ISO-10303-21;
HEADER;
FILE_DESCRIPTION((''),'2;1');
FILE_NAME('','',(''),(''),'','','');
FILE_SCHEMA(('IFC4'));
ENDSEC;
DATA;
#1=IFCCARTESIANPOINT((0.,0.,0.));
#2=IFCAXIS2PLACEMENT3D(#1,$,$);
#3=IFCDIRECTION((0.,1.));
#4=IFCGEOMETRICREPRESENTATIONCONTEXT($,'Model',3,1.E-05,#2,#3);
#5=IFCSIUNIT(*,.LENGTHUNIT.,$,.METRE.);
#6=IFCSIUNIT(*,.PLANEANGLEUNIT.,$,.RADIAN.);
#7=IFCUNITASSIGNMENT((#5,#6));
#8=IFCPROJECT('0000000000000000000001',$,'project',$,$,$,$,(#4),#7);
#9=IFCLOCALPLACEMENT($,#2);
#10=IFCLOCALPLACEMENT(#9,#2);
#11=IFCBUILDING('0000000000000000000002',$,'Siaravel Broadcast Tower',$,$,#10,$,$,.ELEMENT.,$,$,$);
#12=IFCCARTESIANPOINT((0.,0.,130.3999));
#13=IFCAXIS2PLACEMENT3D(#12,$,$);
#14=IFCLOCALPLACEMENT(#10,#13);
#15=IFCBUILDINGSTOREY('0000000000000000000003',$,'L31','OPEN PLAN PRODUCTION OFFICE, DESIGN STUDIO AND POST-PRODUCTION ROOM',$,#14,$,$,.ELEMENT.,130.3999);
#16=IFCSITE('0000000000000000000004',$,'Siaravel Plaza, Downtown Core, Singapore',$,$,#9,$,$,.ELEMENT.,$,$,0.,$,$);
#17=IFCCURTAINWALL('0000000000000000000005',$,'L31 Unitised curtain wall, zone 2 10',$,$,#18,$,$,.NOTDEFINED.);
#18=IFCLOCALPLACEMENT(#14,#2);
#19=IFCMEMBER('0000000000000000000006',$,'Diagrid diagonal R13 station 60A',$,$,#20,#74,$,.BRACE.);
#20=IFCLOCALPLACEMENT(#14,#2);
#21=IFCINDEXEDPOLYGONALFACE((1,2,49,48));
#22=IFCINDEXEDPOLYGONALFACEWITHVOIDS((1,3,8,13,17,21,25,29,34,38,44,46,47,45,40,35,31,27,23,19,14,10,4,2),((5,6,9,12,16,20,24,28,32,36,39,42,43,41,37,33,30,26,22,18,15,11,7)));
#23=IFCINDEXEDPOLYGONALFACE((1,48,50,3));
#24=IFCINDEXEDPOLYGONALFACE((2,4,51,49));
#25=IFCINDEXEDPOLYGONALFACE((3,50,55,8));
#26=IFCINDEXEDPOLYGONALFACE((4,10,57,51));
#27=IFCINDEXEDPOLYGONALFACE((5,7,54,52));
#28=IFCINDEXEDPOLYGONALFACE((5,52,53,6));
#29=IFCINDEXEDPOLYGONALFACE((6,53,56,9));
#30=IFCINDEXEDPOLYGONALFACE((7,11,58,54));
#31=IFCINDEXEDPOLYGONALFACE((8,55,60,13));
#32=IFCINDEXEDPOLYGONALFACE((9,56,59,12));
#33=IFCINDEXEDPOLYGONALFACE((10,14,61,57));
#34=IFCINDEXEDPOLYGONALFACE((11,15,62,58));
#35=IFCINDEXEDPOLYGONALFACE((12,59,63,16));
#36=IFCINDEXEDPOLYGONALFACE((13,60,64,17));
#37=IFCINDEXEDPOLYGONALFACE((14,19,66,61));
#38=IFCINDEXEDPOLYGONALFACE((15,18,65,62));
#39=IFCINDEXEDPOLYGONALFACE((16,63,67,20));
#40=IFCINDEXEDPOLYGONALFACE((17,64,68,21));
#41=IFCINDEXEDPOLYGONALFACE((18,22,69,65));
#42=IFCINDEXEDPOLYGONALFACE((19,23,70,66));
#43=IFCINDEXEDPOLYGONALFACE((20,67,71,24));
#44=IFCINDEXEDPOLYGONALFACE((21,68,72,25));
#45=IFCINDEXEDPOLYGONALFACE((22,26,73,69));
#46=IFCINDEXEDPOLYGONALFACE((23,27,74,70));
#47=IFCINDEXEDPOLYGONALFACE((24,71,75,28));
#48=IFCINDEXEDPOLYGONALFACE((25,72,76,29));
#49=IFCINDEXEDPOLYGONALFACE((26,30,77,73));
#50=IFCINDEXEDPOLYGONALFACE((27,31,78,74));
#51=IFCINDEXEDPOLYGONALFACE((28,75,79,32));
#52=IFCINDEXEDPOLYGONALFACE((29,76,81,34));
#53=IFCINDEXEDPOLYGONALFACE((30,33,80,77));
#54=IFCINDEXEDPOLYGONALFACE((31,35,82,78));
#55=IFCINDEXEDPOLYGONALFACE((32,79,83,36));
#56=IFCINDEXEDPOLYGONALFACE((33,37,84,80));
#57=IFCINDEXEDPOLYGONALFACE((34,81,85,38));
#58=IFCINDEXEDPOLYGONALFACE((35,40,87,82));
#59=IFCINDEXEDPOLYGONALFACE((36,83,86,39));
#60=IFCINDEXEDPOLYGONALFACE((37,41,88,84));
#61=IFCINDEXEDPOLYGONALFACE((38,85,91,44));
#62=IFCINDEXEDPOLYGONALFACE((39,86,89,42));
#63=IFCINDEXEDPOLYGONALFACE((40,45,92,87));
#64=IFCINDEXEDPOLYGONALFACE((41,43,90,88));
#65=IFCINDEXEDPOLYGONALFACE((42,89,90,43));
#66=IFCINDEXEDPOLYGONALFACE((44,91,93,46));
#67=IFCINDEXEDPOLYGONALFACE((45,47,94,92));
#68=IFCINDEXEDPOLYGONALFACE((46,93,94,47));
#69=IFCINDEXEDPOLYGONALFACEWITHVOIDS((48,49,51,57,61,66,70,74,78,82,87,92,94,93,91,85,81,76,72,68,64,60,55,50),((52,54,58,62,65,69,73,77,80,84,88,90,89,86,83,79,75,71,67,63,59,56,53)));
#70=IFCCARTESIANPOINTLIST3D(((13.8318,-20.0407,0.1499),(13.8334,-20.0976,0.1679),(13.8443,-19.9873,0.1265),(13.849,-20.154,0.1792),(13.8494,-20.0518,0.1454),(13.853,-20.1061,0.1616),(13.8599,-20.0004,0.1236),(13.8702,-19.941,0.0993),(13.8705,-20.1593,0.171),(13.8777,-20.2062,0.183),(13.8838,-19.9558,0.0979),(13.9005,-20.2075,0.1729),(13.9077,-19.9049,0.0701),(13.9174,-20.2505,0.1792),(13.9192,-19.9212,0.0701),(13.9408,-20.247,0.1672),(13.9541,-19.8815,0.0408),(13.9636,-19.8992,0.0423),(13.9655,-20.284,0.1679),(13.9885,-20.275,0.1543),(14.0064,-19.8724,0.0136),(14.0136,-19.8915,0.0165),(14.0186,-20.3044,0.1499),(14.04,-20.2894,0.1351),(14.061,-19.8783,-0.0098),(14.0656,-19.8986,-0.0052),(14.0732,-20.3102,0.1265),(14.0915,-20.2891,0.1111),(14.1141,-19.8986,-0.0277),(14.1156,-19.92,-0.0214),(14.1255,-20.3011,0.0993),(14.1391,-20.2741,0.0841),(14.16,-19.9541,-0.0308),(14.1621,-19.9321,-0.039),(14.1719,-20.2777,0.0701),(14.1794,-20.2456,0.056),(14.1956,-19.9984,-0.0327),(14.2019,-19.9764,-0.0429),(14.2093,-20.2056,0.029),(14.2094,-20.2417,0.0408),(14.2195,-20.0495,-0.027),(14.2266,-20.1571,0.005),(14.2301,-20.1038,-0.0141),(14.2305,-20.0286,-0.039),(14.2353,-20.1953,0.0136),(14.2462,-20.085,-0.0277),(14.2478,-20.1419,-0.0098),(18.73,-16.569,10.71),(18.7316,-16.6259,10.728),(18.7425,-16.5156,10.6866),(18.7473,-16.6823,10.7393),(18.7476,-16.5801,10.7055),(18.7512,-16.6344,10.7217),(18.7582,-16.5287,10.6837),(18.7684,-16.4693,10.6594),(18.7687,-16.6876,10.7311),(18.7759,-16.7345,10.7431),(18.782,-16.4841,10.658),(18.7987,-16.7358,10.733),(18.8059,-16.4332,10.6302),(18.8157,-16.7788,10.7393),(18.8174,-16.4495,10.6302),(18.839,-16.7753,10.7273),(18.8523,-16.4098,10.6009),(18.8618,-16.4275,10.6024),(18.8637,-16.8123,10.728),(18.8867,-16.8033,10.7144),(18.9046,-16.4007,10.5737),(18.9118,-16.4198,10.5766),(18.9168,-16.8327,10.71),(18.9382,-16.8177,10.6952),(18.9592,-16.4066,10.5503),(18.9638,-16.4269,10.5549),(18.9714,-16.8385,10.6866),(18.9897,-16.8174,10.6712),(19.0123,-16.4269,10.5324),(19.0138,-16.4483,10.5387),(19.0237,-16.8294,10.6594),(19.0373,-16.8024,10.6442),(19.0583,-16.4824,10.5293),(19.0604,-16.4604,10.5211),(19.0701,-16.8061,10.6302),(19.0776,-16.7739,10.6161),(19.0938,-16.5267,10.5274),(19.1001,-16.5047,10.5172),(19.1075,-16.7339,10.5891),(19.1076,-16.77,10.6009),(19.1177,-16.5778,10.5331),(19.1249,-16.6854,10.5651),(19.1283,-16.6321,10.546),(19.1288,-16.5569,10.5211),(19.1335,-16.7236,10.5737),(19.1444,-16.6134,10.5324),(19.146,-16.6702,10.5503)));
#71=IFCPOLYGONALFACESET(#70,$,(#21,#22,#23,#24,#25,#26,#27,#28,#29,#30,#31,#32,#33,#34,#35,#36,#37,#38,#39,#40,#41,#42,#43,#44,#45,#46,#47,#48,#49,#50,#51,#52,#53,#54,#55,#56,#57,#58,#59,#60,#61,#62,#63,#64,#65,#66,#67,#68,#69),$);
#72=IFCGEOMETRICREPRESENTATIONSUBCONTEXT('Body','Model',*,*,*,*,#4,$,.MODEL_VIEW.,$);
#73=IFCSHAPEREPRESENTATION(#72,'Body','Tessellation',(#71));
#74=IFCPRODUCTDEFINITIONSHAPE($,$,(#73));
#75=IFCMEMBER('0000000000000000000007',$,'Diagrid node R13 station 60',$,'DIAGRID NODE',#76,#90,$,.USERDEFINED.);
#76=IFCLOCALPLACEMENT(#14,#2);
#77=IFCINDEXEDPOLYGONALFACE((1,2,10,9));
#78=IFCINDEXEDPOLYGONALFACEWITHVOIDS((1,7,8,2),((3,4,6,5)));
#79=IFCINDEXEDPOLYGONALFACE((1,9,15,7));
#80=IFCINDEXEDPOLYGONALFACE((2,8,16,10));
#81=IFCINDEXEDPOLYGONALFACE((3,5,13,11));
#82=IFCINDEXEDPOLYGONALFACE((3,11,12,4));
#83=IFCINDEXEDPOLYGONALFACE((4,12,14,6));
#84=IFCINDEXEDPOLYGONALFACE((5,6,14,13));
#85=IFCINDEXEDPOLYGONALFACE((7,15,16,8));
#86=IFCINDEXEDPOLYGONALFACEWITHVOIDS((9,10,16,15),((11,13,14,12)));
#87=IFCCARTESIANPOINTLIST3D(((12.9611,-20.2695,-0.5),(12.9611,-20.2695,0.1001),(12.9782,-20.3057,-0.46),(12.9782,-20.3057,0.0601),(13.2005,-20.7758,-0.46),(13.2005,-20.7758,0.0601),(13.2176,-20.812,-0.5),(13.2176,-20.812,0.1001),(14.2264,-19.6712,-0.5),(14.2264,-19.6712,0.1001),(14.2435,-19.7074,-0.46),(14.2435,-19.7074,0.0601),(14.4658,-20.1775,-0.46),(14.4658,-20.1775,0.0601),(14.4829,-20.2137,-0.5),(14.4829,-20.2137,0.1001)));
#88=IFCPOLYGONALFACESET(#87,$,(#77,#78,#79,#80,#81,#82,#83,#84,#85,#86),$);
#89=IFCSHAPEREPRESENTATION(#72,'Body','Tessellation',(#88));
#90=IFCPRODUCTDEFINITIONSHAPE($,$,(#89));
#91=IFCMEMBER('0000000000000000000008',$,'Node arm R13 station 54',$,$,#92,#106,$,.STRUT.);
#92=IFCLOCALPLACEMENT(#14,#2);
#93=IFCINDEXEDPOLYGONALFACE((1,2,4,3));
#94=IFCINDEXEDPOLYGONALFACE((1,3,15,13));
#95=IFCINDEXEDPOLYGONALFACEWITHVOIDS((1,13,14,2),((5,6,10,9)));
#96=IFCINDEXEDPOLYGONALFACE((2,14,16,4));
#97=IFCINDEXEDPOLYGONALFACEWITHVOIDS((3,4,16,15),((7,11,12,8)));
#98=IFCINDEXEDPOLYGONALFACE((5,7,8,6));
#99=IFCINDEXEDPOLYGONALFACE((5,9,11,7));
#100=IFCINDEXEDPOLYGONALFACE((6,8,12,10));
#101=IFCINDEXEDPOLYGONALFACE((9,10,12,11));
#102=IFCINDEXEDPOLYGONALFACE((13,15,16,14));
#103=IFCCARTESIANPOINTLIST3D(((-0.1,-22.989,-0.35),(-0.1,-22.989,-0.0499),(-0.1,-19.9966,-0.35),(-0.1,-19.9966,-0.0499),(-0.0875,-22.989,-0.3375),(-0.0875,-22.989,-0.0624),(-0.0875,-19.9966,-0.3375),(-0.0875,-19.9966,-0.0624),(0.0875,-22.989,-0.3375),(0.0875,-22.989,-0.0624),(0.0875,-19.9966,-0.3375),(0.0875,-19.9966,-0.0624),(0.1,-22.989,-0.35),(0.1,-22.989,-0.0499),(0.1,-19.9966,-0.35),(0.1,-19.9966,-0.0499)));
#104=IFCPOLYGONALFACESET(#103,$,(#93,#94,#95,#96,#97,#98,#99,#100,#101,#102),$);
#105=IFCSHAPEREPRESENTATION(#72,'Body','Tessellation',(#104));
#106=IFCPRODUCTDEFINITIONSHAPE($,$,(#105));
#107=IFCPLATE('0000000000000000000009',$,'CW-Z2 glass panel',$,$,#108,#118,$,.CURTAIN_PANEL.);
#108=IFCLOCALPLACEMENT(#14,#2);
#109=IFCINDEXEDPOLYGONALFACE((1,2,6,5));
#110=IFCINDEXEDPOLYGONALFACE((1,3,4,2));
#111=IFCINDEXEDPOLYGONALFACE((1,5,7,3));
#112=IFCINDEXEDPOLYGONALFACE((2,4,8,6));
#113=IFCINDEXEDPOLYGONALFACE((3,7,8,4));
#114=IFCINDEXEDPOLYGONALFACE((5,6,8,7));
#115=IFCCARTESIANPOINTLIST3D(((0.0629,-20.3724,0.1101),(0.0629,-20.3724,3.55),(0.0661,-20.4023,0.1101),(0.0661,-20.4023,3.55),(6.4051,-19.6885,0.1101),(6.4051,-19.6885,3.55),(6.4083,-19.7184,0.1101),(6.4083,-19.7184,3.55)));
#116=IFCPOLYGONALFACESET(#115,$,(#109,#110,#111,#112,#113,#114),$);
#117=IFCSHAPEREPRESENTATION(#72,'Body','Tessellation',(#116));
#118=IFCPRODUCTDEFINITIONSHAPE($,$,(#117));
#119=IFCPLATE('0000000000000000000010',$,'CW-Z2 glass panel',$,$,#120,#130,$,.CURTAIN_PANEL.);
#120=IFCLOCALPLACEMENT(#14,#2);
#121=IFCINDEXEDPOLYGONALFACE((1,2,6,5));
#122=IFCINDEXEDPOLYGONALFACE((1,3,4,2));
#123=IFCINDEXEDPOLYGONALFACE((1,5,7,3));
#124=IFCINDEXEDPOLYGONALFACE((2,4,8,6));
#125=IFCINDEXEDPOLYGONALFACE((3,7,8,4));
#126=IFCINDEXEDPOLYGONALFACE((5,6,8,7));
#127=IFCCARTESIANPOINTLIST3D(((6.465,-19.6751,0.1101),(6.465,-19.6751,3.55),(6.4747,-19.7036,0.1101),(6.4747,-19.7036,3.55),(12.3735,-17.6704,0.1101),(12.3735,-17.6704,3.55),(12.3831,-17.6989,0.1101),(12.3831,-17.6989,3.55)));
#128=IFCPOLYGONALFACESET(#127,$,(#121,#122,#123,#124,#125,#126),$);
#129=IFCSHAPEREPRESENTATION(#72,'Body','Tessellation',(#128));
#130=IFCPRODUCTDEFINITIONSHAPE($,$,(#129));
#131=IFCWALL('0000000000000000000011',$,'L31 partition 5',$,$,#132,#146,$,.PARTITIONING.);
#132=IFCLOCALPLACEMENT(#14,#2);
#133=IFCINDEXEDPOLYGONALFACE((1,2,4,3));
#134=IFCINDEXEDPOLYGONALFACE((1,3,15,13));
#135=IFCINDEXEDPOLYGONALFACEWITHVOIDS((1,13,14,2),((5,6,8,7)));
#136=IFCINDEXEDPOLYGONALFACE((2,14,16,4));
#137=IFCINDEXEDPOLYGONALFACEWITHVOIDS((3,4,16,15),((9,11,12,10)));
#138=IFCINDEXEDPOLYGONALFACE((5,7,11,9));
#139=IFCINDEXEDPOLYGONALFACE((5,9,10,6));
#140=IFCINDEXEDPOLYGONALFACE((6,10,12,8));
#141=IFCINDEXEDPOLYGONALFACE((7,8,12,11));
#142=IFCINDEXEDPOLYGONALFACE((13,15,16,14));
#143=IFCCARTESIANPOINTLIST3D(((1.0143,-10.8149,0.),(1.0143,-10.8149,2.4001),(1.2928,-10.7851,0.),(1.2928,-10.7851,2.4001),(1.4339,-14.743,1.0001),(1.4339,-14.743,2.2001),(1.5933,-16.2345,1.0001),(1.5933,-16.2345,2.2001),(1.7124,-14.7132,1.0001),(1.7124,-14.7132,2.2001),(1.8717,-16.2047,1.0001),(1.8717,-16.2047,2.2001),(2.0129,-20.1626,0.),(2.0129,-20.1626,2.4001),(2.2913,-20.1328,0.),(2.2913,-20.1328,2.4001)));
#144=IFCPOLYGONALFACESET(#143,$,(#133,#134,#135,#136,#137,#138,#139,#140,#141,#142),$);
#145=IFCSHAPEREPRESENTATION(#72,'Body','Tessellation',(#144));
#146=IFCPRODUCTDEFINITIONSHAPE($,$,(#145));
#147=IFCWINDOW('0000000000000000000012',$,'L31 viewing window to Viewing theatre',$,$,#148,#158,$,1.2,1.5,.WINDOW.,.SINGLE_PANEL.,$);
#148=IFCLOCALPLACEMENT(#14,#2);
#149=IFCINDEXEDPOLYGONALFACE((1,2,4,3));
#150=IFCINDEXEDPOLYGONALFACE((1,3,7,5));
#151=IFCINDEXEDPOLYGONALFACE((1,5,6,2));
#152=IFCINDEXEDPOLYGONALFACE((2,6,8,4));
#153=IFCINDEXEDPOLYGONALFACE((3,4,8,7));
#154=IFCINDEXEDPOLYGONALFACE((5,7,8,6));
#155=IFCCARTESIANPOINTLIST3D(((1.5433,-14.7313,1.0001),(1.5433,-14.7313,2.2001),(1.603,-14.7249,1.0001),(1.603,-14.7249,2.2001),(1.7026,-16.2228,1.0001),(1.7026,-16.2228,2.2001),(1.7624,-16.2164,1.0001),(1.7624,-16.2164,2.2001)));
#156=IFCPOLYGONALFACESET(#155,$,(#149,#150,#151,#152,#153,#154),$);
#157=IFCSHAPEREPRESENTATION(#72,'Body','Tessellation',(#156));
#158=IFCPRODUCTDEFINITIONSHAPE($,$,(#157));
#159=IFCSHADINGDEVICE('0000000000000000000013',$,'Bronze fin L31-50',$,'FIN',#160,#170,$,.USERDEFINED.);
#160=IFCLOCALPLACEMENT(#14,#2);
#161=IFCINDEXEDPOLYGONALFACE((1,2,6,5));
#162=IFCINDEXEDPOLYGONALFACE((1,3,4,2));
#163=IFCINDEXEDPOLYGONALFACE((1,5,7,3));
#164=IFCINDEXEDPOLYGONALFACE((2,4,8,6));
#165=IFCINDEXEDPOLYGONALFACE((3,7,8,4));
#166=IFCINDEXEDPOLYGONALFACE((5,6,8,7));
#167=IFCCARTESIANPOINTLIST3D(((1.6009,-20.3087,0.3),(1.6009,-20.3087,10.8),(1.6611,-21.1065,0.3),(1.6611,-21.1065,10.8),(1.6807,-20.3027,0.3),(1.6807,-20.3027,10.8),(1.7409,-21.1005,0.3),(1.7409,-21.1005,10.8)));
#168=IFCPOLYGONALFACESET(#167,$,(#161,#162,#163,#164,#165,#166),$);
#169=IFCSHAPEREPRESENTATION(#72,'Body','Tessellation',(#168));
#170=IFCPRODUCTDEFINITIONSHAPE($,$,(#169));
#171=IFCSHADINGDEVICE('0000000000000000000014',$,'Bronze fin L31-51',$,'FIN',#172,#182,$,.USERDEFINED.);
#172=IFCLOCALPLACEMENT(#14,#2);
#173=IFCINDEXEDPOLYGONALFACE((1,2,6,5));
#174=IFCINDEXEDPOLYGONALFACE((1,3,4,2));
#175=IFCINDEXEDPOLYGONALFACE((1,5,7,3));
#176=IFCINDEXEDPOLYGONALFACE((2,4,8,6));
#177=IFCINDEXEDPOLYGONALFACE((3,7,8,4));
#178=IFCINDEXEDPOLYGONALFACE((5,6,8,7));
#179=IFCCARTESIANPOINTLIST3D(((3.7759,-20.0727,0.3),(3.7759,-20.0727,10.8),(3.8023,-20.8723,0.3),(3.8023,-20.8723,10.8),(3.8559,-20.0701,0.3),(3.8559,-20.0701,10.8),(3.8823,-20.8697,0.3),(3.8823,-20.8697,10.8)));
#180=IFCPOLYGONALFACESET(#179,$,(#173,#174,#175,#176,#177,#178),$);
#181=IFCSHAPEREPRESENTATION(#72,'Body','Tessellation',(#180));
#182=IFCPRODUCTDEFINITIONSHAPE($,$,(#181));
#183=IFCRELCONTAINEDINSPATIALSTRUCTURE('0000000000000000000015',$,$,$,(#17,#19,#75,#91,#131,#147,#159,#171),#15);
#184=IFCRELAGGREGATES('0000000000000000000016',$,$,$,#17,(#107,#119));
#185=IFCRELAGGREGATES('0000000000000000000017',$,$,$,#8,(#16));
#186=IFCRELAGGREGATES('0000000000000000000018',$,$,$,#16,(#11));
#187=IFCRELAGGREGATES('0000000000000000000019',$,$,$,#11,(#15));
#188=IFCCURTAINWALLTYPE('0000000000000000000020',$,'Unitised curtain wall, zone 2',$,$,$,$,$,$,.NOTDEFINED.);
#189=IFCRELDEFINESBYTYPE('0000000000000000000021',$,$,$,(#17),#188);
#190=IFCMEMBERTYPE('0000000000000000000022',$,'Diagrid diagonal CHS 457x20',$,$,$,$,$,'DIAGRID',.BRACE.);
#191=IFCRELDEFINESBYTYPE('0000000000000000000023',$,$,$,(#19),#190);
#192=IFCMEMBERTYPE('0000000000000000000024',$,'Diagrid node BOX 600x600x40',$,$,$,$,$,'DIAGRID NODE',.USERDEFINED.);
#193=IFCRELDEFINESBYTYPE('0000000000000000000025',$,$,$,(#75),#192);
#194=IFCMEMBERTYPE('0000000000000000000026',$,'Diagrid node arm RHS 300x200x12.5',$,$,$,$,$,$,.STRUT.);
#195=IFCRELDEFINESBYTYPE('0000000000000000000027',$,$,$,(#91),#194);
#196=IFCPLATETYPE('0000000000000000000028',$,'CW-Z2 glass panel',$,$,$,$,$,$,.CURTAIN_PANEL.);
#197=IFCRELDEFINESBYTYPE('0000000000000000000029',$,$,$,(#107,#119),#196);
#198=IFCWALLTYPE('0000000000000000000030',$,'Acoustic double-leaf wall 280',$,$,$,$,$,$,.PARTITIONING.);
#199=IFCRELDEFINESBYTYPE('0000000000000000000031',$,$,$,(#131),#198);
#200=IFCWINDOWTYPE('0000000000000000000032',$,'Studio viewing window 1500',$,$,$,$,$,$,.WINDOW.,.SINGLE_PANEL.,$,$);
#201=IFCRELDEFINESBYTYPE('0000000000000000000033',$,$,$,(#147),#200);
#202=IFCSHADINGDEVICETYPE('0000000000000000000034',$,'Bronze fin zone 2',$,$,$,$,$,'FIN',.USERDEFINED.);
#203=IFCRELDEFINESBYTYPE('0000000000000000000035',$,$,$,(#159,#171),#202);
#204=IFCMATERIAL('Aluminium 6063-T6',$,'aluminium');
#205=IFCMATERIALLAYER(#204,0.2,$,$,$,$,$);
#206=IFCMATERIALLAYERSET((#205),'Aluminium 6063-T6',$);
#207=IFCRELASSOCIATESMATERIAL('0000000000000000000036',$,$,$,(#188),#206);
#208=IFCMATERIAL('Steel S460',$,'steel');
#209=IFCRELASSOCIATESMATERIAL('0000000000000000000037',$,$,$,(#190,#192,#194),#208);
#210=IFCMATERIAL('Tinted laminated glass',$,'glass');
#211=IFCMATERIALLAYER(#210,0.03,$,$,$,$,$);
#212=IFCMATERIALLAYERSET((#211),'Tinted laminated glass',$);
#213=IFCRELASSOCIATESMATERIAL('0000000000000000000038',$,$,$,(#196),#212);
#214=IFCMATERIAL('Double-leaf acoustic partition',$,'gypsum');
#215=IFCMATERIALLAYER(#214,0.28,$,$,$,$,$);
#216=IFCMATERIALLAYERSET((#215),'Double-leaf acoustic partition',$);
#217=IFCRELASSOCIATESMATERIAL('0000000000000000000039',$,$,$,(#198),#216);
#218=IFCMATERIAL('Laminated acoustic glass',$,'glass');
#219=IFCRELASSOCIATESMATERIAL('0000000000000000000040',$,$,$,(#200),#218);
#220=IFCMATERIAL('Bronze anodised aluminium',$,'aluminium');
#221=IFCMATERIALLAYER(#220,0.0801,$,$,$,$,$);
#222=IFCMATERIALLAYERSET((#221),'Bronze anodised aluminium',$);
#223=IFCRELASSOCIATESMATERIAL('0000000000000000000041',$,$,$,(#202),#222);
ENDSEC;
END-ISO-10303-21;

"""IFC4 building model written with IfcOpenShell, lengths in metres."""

from ifc_helpers import new_model, si_unit, direction, frame, frame_2d, origin, origin_2d, place, context, subcontext, project, spatial, rectangle, hollow_rectangle, hollow_circle, extrude, material, layer, layer_set, material_profile, profile_set, type_object, element, fill, aggregate, save


model = new_model("IFC4")

# Units and contexts
model_context = context("Model", 3, precision=1e-05, world=origin(), true_north=direction((0.0, 1.0)))
body_context = subcontext(model_context, "Body", "Model", "MODEL_VIEW")
ifc_project = project(units=[si_unit("LENGTHUNIT", "METRE"), si_unit("PLANEANGLEUNIT", "RADIAN")], contexts=[model_context])

# Site, building, storey
site_placement = place(None, origin())
site = spatial("IfcSite", under=ifc_project, at=site_placement, Name="Siaravel Plaza, Downtown Core, Singapore", CompositionType="ELEMENT", RefElevation=0.0)
building_placement = place(site_placement, origin())
building = spatial("IfcBuilding", under=site, at=building_placement, Name="Siaravel Broadcast Tower", CompositionType="ELEMENT")
storey_placement = place(building_placement, frame((0.0, 0.0, 130.3999)))
storey = spatial("IfcBuildingStorey", under=building, at=storey_placement, Name="L31", Description="OPEN PLAN PRODUCTION OFFICE, DESIGN STUDIO AND POST-PRODUCTION ROOM", CompositionType="ELEMENT", Elevation=130.3999)

# Curtain wall
ifc_material_1 = material(Name="Aluminium 6063-T6", Category="aluminium")
ifc_layer_1 = layer(ifc_material_1, 0.2)
ifc_layer_set_1 = layer_set([ifc_layer_1], Name="Aluminium 6063-T6")
curtain_wall_type = type_object("IfcCurtainWallType", Name="Unitised curtain wall, zone 2", PredefinedType="NOTDEFINED", material=ifc_layer_set_1)
curtain_wall_placement = place(storey_placement, origin())
curtain_wall = element("IfcCurtainWall", 1, at=curtain_wall_placement, inside=storey, type_object=curtain_wall_type, Name="L31 Unitised curtain wall, zone 2 10", PredefinedType="NOTDEFINED")

# Members
ifc_material_2 = material(Name="Steel S460", Category="steel")
ifc_material_profile_1 = material_profile(ifc_material_2, hollow_circle(Radius=0.2285, WallThickness=0.02, at=origin_2d()))
ifc_profile_set_1 = profile_set([ifc_material_profile_1], Name="Steel S460")
member_type_1 = type_object("IfcMemberType", Name="Diagrid diagonal CHS 457x20", ElementType="DIAGRID", PredefinedType="BRACE", material=ifc_profile_set_1)
member_1_placement = place(storey_placement, frame((14.0398, -20.0913, 0.0701), z_axis=(0.403229, 0.285796, 0.869326), x_axis=(-0.578253, 0.815857, 0.0)))
element("IfcMember", 2, at=member_1_placement, inside=storey, type_object=member_type_1, Name="Diagrid diagonal R13 station 60A", PredefinedType="BRACE", context=body_context, shape_type="SweptSolid", body=[
    extrude(hollow_circle(Radius=0.2285, WallThickness=0.02, at=origin_2d()), origin(), (0.0, 0.0, 1.0), 12.1475),
])
ifc_material_profile_2 = material_profile(ifc_material_2, hollow_rectangle(XDim=0.6001, YDim=0.6001, WallThickness=0.04, at=origin_2d()))
ifc_profile_set_2 = profile_set([ifc_material_profile_2], Name="Steel S460")
member_type_2 = type_object("IfcMemberType", Name="Diagrid node BOX 600x600x40", ElementType="DIAGRID NODE", PredefinedType="USERDEFINED", material=ifc_profile_set_2)
member_2_placement = place(storey_placement, frame((13.0894, -20.5408, -0.2), z_axis=(0.904015, 0.427501, 0.0), x_axis=(-0.427501, 0.904015, 0.0)))
element("IfcMember", 3, at=member_2_placement, inside=storey, type_object=member_type_2, Name="Diagrid node R13 station 60", ObjectType="DIAGRID NODE", PredefinedType="USERDEFINED", context=body_context, shape_type="SweptSolid", body=[
    extrude(hollow_rectangle(XDim=0.6001, YDim=0.6001, WallThickness=0.04, at=origin_2d()), origin(), (0.0, 0.0, 1.0), 1.3997),
])
ifc_material_profile_3 = material_profile(ifc_material_2, hollow_rectangle(XDim=0.2, YDim=0.3, WallThickness=0.0125, at=origin_2d()))
ifc_profile_set_3 = profile_set([ifc_material_profile_3], Name="Steel S460")
member_type_3 = type_object("IfcMemberType", Name="Diagrid node arm RHS 300x200x12.5", PredefinedType="STRUT", material=ifc_profile_set_3)
member_3_placement = place(storey_placement, frame((0.0, -19.9966, -0.2), z_axis=(0.0, -1.0, 0.0), x_axis=(1.0, 0.0, 0.0)))
element("IfcMember", 4, at=member_3_placement, inside=storey, type_object=member_type_3, Name="Node arm R13 station 54", PredefinedType="STRUT", context=body_context, shape_type="SweptSolid", body=[
    extrude(hollow_rectangle(XDim=0.2, YDim=0.3, WallThickness=0.0125, at=origin_2d()), origin(), (0.0, 0.0, 1.0), 2.9924),
])

# Plates
ifc_material_3 = material(Name="Tinted laminated glass", Category="glass")
ifc_layer_2 = layer(ifc_material_3, 0.03)
ifc_layer_set_2 = layer_set([ifc_layer_2], Name="Tinted laminated glass")
plate_type = type_object("IfcPlateType", Name="CW-Z2 glass panel", PredefinedType="CURTAIN_PANEL", material=ifc_layer_set_2)
plate_1_placement = place(storey_placement, frame((3.2356, -20.0454, 0.1101), z_axis=(0.0, 0.0, 1.0), x_axis=(0.994236, 0.107218, 0.0)))
plate_1 = element("IfcPlate", 5, at=plate_1_placement, type_object=plate_type, Name="CW-Z2 glass panel", PredefinedType="CURTAIN_PANEL", context=body_context, shape_type="SweptSolid", body=[
    extrude(rectangle(XDim=6.3789, YDim=0.03, at=origin_2d()), origin(), (0.0, 0.0, 1.0), 3.4399),
])
plate_2_placement = place(storey_placement, frame((9.4241, -18.687, 0.1101), z_axis=(0.0, 0.0, 1.0), x_axis=(0.946977, 0.321302, 0.0)))
plate_2 = element("IfcPlate", 6, at=plate_2_placement, type_object=plate_type, Name="CW-Z2 glass panel", PredefinedType="CURTAIN_PANEL", context=body_context, shape_type="SweptSolid", body=[
    extrude(rectangle(XDim=6.2393, YDim=0.03, at=origin_2d()), origin(), (0.0, 0.0, 1.0), 3.4399),
])
aggregate(curtain_wall, [plate_1, plate_2])

# Wall, opening, window
ifc_material_4 = material(Name="Double-leaf acoustic partition", Category="gypsum")
ifc_layer_3 = layer(ifc_material_4, 0.28)
ifc_layer_set_3 = layer_set([ifc_layer_3], Name="Double-leaf acoustic partition")
wall_type = type_object("IfcWallType", Name="Acoustic double-leaf wall 280", PredefinedType="PARTITIONING", material=ifc_layer_set_3)
wall_placement = place(storey_placement, frame((2.1521, -20.1477, 0.0), z_axis=(0.0, 0.0, 1.0), x_axis=(-0.106218, 0.994343, 0.0)))
wall = element("IfcWall", 7, at=wall_placement, inside=storey, type_object=wall_type, Name="L31 partition 5", PredefinedType="PARTITIONING", context=body_context, shape_type="SweptSolid", body=[
    extrude(rectangle(XDim=9.4009, YDim=0.28, at=frame_2d((4.7004, 0.0))), origin(), (0.0, 0.0, 1.0), 2.4001),
])
opening_placement = place(wall_placement, frame((3.9504, 0.0, 1.0)))
opening = element("IfcOpeningElement", 8, at=opening_placement, cuts=wall, PredefinedType="OPENING", context=body_context, shape_type="SweptSolid", body=[
    extrude(rectangle(XDim=1.5, YDim=1.2, at=frame_2d((0.75, 0.6001))), frame((0.0, 0.1499, 0.0), z_axis=(0.0, -1.0, 0.0), x_axis=(1.0, 0.0, 0.0)), (0.0, 0.0, 1.0), 0.3),
])
ifc_material_5 = material(Name="Laminated acoustic glass", Category="glass")
window_type = type_object("IfcWindowType", Name="Studio viewing window 1500", PartitioningType="SINGLE_PANEL", PredefinedType="WINDOW", material=ifc_material_5)
window_placement = place(opening_placement, origin())
window = element("IfcWindow", 9, at=window_placement, inside=storey, type_object=window_type, Name="L31 viewing window to Viewing theatre", OverallHeight=1.2, OverallWidth=1.5, PartitioningType="SINGLE_PANEL", PredefinedType="WINDOW", context=body_context, shape_type="SweptSolid", body=[
    extrude(rectangle(XDim=1.5, YDim=1.2, at=frame_2d((0.75, 0.6001))), frame((0.0, 0.03, 0.0), z_axis=(0.0, -1.0, 0.0), x_axis=(1.0, 0.0, 0.0)), (0.0, 0.0, 1.0), 0.0601),
])
fill(opening, window)

# Shading devices
ifc_material_6 = material(Name="Bronze anodised aluminium", Category="aluminium")
ifc_layer_4 = layer(ifc_material_6, 0.0801)
ifc_layer_set_4 = layer_set([ifc_layer_4], Name="Bronze anodised aluminium")
shading_device_type = type_object("IfcShadingDeviceType", Name="Bronze fin zone 2", ElementType="FIN", PredefinedType="USERDEFINED", material=ifc_layer_set_4)
for number, where, z_axis, x_axis, name in (
    (10, (1.6709, -20.7046, 0.3), (0.0, 0.0, 1.0), (0.075196, -0.997169, 0.0), "Bronze fin L31-50"),
    (11, (3.8291, -20.4712, 0.3), (0.0, 0.0, 1.0), (0.032984, -0.999456, 0.0), "Bronze fin L31-51"),
):
    element("IfcShadingDevice", number, at=place(storey_placement, frame(where, z_axis=z_axis, x_axis=x_axis)), inside=storey, type_object=shading_device_type, Name=name, ObjectType="FIN", PredefinedType="USERDEFINED", context=body_context, shape_type="SweptSolid", body=[
        extrude(rectangle(XDim=0.8, YDim=0.0801, at=origin_2d()), origin(), (0.0, 0.0, 1.0), 10.5),
    ])

save(model, "model.ifc")
